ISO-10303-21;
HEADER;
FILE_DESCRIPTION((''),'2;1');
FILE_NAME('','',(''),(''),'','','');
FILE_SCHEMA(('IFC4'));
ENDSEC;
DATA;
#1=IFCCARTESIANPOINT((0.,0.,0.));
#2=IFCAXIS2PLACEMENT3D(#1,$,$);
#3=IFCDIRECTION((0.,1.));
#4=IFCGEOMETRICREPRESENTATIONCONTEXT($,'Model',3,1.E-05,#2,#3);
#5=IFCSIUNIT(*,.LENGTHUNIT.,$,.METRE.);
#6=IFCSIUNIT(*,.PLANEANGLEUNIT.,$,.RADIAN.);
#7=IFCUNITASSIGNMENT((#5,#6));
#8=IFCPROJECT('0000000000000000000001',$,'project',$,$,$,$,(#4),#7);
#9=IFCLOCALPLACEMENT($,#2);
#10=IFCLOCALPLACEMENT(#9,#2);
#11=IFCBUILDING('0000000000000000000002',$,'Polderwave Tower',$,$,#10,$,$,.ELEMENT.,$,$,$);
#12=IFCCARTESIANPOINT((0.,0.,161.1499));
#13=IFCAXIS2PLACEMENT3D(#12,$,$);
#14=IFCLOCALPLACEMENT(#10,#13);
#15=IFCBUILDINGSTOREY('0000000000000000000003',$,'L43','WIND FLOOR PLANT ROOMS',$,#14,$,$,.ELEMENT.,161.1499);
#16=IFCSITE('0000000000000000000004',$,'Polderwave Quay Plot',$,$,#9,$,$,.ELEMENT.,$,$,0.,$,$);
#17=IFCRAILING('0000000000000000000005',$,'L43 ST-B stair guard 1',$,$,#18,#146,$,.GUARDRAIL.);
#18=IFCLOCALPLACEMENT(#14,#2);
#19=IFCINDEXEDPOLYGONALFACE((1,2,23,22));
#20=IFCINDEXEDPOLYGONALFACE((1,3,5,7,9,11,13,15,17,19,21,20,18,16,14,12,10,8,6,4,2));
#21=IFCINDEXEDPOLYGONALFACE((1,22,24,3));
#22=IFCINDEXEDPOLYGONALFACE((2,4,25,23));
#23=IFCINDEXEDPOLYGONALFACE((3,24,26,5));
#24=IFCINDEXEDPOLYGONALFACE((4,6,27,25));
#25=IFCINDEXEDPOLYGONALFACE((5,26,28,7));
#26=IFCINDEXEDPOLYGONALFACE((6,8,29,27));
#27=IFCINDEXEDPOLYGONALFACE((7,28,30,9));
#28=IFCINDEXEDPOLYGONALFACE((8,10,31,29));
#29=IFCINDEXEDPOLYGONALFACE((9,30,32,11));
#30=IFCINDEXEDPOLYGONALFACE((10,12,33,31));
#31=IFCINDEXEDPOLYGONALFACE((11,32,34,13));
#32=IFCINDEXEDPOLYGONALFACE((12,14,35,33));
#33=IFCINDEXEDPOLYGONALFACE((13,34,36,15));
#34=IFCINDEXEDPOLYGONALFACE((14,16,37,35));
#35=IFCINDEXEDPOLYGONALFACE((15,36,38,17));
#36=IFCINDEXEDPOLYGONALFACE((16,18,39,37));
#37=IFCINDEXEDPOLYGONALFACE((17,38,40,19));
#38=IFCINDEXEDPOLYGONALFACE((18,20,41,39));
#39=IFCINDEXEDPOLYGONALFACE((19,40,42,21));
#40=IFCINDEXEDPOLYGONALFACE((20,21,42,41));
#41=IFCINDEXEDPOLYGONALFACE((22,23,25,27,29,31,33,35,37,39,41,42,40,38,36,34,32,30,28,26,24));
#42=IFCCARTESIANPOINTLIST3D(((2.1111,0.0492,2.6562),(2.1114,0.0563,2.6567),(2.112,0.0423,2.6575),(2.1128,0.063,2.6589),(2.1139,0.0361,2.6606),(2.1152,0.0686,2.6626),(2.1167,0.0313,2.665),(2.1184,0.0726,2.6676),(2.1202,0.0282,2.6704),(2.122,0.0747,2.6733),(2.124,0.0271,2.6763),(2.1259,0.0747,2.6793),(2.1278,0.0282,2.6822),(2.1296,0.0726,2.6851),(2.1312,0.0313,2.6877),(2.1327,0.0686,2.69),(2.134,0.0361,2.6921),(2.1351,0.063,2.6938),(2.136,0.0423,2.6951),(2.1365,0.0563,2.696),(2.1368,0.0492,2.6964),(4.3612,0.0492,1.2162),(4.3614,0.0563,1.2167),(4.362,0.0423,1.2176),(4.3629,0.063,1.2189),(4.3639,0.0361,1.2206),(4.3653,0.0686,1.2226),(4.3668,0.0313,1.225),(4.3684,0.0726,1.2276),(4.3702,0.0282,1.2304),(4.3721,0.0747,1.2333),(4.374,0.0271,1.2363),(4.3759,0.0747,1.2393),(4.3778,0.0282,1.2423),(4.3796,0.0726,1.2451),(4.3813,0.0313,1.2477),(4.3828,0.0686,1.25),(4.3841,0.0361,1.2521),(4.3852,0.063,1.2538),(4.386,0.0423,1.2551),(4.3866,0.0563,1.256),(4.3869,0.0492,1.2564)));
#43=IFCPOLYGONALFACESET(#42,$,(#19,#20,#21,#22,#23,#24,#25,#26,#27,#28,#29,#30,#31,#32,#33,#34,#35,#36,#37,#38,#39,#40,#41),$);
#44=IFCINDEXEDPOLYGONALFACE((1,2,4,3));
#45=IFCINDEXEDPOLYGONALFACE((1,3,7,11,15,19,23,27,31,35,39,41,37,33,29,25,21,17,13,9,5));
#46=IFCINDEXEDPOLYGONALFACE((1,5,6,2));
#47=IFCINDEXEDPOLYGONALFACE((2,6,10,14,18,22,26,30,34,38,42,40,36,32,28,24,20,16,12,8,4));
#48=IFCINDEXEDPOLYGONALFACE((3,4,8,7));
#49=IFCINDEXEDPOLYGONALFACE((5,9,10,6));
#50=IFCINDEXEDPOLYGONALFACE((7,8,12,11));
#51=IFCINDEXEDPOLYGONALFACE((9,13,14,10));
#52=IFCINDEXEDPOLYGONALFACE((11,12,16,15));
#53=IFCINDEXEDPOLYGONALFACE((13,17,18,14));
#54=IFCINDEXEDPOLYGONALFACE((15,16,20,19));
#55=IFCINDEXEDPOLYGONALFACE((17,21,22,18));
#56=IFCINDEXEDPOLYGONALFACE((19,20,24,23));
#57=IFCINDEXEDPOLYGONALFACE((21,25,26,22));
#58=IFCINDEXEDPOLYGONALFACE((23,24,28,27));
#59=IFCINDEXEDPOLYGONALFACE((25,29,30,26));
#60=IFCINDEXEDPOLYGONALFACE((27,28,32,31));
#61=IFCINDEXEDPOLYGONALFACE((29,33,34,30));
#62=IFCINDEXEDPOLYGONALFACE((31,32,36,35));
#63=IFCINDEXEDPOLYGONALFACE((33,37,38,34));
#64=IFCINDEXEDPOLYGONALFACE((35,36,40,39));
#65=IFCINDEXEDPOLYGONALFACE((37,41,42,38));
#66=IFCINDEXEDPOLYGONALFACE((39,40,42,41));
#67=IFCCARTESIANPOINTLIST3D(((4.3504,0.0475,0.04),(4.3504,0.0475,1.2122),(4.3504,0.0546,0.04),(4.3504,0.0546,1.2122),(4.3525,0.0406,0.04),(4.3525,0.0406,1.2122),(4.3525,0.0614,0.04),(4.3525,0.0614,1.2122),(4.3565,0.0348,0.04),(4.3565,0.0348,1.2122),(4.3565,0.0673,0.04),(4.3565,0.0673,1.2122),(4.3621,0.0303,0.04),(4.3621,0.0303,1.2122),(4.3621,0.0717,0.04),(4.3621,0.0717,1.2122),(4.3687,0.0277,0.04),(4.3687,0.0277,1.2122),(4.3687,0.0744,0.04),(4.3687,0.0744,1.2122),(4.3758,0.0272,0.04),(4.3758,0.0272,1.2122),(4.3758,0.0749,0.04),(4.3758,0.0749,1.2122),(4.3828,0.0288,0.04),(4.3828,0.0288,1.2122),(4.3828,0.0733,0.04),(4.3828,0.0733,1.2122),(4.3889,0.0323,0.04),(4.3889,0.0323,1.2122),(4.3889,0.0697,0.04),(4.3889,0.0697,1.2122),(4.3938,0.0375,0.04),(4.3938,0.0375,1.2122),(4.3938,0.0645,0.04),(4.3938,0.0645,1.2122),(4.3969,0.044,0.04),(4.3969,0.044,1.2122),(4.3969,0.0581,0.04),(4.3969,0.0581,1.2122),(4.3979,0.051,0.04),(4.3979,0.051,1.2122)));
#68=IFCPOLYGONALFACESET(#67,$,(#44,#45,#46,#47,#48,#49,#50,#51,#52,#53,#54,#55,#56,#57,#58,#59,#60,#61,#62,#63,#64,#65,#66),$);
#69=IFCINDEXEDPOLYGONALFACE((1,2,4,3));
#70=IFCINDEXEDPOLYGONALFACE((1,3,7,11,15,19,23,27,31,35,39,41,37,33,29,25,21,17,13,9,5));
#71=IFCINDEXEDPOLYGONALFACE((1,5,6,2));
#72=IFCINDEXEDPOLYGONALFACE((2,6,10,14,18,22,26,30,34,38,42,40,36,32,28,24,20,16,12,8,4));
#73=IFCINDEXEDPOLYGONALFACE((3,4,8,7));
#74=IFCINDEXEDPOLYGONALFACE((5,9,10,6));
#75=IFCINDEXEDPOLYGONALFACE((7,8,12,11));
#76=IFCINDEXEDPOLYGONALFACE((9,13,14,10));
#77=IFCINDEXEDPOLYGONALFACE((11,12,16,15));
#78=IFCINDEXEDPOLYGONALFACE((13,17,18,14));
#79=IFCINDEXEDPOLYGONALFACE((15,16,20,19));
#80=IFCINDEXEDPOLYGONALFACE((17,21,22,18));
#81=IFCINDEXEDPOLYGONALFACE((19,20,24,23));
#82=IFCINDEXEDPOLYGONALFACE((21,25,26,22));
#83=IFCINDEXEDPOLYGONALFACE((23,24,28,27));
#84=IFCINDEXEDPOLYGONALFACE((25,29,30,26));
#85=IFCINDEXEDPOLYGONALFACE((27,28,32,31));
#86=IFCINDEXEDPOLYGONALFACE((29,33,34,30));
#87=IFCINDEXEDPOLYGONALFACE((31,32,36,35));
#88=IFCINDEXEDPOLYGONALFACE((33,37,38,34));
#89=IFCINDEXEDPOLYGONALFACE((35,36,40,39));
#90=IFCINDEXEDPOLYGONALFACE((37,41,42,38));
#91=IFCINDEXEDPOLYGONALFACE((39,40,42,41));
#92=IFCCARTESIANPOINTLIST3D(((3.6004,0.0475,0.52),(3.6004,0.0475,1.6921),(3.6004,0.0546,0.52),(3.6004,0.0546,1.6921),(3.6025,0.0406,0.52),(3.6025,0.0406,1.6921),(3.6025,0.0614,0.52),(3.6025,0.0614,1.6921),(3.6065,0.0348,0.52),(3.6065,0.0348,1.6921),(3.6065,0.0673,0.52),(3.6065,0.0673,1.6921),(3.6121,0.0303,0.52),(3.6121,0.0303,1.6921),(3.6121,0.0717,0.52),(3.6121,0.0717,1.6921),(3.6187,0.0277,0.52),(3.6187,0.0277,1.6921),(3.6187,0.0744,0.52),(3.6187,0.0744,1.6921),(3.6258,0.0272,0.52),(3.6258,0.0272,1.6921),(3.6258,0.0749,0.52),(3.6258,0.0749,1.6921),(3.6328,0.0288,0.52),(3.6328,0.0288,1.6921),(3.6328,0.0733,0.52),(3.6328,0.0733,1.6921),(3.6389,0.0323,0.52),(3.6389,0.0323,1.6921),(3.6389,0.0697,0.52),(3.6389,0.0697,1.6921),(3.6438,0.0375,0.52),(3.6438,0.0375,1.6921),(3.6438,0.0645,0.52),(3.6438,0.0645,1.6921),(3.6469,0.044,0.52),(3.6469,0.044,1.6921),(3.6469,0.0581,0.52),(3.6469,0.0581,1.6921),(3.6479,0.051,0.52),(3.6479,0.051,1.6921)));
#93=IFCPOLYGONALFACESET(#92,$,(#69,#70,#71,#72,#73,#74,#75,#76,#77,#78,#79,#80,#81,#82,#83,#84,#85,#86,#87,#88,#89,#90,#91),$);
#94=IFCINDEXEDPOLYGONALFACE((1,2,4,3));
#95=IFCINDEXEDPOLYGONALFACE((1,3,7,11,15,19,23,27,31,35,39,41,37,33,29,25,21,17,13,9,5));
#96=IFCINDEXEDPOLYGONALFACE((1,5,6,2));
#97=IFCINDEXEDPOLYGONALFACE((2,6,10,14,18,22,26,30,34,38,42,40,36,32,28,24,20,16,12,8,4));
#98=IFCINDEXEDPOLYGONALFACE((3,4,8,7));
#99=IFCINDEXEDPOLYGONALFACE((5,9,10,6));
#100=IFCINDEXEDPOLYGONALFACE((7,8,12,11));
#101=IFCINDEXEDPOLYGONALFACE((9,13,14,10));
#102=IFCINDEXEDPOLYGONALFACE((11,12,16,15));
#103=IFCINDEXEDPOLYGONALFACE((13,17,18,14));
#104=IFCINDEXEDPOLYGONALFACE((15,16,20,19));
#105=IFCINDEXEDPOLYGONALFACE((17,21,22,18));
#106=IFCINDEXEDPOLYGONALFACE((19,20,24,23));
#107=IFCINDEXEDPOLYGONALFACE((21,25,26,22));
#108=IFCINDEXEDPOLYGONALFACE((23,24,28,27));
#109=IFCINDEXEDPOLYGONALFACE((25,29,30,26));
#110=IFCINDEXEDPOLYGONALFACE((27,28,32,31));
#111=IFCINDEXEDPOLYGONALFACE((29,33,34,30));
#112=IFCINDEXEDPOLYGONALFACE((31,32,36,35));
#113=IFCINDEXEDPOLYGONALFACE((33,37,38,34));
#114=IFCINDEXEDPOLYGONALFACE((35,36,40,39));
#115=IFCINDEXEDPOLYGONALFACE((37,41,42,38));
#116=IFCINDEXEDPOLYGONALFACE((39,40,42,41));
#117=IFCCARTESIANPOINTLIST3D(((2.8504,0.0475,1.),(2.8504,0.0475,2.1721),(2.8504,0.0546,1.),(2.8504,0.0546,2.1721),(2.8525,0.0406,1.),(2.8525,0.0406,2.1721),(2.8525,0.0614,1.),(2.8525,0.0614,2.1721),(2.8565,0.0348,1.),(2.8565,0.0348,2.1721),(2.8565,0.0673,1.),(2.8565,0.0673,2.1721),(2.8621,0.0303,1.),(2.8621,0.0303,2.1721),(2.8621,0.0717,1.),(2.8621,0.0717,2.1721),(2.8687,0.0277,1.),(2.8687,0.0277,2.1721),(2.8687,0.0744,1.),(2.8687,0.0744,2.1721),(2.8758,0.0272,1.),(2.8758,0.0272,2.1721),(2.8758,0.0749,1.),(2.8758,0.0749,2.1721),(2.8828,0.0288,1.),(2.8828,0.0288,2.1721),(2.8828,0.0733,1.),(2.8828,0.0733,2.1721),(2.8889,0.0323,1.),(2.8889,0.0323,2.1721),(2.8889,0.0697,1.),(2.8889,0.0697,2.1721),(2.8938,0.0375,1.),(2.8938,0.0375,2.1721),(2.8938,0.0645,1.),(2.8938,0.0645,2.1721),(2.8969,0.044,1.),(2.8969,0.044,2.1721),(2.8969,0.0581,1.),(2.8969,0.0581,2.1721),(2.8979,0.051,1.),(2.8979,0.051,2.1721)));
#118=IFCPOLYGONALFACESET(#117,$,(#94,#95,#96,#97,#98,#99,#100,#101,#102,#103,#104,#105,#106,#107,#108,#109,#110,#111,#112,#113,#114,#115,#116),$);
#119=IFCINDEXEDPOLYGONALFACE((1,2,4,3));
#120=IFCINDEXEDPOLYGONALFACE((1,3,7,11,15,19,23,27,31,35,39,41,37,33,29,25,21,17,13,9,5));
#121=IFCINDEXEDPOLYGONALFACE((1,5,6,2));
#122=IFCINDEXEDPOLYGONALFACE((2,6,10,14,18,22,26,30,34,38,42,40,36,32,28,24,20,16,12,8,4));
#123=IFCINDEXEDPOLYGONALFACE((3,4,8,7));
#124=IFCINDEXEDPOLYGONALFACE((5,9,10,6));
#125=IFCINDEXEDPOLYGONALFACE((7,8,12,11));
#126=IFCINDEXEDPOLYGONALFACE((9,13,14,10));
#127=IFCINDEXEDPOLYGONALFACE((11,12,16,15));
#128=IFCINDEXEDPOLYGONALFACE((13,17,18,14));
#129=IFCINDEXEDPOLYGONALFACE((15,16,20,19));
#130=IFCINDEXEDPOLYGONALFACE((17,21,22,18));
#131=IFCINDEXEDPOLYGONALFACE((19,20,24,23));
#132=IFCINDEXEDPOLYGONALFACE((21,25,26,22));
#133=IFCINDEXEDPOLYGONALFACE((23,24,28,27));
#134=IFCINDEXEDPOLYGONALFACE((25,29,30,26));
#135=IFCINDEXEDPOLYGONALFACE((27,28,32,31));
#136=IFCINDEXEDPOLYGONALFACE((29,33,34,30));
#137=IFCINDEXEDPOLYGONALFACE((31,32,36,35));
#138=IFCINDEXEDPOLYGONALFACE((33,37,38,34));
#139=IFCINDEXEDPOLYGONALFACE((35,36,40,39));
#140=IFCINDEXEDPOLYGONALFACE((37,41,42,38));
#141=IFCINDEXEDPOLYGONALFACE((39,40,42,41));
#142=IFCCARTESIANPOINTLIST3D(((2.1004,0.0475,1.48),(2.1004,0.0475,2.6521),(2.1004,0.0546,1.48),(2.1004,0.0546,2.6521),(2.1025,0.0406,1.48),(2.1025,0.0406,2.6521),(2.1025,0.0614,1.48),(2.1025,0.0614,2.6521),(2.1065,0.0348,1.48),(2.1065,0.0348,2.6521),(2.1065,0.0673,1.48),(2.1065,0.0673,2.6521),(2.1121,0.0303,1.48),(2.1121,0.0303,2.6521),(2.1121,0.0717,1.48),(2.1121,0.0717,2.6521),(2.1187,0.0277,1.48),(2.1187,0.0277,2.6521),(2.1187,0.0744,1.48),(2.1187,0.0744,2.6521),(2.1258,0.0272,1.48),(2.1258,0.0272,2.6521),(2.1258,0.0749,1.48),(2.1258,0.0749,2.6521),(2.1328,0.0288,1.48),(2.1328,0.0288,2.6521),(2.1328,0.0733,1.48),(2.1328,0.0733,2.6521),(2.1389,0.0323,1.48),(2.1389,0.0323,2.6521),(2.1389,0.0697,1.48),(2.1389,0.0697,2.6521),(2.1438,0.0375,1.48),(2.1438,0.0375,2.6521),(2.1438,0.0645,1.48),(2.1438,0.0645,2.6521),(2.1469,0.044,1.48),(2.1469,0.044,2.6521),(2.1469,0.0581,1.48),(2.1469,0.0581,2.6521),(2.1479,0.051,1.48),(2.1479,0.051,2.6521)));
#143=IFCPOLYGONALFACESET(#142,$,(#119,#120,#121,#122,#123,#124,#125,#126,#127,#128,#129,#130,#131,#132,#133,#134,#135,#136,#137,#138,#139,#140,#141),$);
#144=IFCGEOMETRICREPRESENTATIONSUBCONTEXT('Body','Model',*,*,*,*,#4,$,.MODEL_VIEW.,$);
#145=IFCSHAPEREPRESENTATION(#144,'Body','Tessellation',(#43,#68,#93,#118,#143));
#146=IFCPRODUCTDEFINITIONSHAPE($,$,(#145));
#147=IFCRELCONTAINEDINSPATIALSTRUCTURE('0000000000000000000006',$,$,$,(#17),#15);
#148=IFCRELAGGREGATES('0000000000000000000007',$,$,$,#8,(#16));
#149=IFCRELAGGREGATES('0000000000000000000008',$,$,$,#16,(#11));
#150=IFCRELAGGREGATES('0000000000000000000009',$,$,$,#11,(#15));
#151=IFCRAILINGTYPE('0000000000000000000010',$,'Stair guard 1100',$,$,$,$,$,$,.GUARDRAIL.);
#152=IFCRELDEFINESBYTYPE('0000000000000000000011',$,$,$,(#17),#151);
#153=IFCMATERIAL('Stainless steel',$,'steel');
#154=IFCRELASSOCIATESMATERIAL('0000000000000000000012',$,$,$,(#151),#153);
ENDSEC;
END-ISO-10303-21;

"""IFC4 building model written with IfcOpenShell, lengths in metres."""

from ifc_helpers import new_model, si_unit, direction, frame, origin, origin_2d, place, context, subcontext, project, spatial, circle, extrude, material, type_object, element, save


model = new_model("IFC4")

# Units and contexts
model_context = context("Model", 3, precision=1e-05, world=origin(), true_north=direction((0.0, 1.0)))
body_context = subcontext(model_context, "Body", "Model", "MODEL_VIEW")
ifc_project = project(units=[si_unit("LENGTHUNIT", "METRE"), si_unit("PLANEANGLEUNIT", "RADIAN")], contexts=[model_context])

# Site, building, storey
site_placement = place(None, origin())
site = spatial("IfcSite", under=ifc_project, at=site_placement, Name="Polderwave Quay Plot", CompositionType="ELEMENT", RefElevation=0.0)
building_placement = place(site_placement, origin())
building = spatial("IfcBuilding", under=site, at=building_placement, Name="Polderwave Tower", CompositionType="ELEMENT")
storey_placement = place(building_placement, frame((0.0, 0.0, 161.1499)))
storey = spatial("IfcBuildingStorey", under=building, at=storey_placement, Name="L43", Description="WIND FLOOR PLANT ROOMS", CompositionType="ELEMENT", Elevation=161.1499)

# Railing
ifc_material_1 = material(Name="Stainless steel", Category="steel")
railing_type_1 = type_object("IfcRailingType", Name="Stair guard 1100", PredefinedType="GUARDRAIL", material=ifc_material_1)
railing_1_placement = place(storey_placement, frame((4.374, 0.051, 0.04)))
element("IfcRailing", 1, at=railing_1_placement, inside=storey, type_object=railing_type_1, Name="L43 ST-B stair guard 1", PredefinedType="GUARDRAIL", context=body_context, shape_type="SweptSolid", body=[
    extrude(circle(Radius=0.0239, at=origin_2d()), frame((0.0, 0.0, 1.1963), z_axis=(-0.842281, 0.0, 0.539038), x_axis=(0.0, -1.0, 0.0)), (0.0, 0.0, 1.0), 2.6714),
    extrude(circle(Radius=0.0239, at=origin_2d()), origin(), (0.0, 0.0, 1.0), 1.1721),
    extrude(circle(Radius=0.0239, at=origin_2d()), frame((-0.75, 0.0, 0.48)), (0.0, 0.0, 1.0), 1.1721),
    extrude(circle(Radius=0.0239, at=origin_2d()), frame((-1.5, 0.0, 0.96)), (0.0, 0.0, 1.0), 1.1721),
    extrude(circle(Radius=0.0239, at=origin_2d()), frame((-2.25, 0.0, 1.4399)), (0.0, 0.0, 1.0), 1.1721),
])

save(model, "model.ifc")
